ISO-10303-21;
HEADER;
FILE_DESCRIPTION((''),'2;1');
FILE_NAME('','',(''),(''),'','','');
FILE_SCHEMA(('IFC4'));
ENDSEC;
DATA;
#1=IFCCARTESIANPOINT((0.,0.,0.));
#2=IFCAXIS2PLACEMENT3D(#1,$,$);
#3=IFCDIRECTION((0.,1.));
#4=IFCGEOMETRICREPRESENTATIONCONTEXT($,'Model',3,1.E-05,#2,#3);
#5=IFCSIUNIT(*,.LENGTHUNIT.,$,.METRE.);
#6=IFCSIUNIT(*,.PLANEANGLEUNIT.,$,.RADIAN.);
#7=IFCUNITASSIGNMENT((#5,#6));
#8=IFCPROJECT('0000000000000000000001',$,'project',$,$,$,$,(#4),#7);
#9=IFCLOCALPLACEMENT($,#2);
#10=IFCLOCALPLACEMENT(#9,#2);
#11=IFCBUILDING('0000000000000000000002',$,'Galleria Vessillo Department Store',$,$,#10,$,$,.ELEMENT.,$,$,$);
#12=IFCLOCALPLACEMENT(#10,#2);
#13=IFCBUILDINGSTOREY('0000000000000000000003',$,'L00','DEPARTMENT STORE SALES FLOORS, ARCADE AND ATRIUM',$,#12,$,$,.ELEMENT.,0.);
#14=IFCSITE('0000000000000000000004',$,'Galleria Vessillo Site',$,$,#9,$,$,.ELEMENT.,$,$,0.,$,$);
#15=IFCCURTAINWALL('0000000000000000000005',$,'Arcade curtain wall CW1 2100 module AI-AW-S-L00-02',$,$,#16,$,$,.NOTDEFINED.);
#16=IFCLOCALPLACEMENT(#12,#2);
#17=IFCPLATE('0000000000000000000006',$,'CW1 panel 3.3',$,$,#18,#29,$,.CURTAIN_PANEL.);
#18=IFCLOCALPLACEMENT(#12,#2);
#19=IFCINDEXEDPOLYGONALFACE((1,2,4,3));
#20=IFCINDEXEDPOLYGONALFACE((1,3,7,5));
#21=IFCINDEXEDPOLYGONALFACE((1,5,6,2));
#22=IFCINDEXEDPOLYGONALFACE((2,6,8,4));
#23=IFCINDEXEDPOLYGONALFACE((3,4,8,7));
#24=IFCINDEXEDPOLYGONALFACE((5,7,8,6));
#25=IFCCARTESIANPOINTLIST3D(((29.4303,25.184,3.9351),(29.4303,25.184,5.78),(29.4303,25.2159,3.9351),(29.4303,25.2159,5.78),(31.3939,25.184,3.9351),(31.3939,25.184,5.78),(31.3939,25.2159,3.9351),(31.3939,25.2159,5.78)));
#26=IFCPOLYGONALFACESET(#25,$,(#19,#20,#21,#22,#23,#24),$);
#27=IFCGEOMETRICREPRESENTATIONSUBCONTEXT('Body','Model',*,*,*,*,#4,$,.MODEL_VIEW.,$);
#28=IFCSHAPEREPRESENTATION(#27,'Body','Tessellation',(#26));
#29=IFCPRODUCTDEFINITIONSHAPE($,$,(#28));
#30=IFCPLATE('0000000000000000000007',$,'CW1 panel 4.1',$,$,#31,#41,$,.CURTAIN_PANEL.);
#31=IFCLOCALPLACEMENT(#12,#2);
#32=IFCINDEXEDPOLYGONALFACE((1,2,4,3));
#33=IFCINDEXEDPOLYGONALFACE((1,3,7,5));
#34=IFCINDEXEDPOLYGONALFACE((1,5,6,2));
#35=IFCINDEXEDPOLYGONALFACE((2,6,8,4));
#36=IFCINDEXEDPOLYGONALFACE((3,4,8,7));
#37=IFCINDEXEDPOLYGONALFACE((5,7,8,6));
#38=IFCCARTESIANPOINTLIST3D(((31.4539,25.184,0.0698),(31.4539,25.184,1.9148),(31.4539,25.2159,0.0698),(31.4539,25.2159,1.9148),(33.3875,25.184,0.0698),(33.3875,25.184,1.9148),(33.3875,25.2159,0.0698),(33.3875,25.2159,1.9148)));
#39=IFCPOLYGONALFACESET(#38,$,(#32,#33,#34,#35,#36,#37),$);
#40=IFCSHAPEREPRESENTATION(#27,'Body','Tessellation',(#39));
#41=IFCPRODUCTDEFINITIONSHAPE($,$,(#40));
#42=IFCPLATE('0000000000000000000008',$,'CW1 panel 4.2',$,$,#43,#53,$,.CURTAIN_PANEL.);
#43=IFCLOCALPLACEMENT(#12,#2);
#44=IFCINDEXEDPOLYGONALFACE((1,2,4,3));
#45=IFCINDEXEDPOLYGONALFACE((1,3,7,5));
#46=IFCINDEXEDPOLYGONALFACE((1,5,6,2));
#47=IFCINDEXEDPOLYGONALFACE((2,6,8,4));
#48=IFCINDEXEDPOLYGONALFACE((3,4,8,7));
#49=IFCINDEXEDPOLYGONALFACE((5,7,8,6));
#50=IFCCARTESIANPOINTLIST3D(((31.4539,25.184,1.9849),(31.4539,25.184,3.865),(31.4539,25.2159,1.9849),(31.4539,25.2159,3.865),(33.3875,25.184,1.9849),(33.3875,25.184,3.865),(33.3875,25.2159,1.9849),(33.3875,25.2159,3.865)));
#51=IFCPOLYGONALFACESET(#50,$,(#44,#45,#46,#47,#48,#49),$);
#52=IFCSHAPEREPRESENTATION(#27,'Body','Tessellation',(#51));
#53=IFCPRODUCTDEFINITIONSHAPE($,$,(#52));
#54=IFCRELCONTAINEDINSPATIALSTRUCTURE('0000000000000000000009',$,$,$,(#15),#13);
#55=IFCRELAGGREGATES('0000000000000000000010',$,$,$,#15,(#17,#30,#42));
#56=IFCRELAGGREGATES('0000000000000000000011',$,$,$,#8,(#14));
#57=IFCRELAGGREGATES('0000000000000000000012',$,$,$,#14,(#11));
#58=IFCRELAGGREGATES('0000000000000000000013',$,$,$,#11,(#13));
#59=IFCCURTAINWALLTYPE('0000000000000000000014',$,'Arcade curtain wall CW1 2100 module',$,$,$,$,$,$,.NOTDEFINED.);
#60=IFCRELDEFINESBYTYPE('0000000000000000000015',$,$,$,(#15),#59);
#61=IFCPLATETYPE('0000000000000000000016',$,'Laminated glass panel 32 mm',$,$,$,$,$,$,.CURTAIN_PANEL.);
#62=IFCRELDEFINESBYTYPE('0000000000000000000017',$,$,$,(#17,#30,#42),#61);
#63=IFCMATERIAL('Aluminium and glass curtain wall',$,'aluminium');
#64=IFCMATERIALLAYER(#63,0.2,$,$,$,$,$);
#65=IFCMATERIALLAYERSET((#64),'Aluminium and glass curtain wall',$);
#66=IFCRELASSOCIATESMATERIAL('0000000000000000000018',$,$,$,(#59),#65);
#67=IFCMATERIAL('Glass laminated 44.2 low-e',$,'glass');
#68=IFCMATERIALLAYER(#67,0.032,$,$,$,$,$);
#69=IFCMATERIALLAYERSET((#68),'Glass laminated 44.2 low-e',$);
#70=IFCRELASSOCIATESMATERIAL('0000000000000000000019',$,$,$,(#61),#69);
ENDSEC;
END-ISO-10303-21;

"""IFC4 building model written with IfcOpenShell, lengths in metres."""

from ifc_helpers import new_model, si_unit, direction, frame, origin, origin_2d, place, context, subcontext, project, spatial, rectangle, extrude, material, layer, layer_set, type_object, element, aggregate, save


model = new_model("IFC4")

# Units and contexts
model_context = context("Model", 3, precision=1e-05, world=origin(), true_north=direction((0.0, 1.0)))
body_context = subcontext(model_context, "Body", "Model", "MODEL_VIEW")
ifc_project = project(units=[si_unit("LENGTHUNIT", "METRE"), si_unit("PLANEANGLEUNIT", "RADIAN")], contexts=[model_context])

# Site, building, storey
site_placement = place(None, origin())
site = spatial("IfcSite", under=ifc_project, at=site_placement, Name="Galleria Vessillo Site", CompositionType="ELEMENT", RefElevation=0.0)
building_placement = place(site_placement, origin())
building = spatial("IfcBuilding", under=site, at=building_placement, Name="Galleria Vessillo Department Store", CompositionType="ELEMENT")
storey_placement = place(building_placement, origin())
storey = spatial("IfcBuildingStorey", under=building, at=storey_placement, Name="L00", Description="DEPARTMENT STORE SALES FLOORS, ARCADE AND ATRIUM", CompositionType="ELEMENT", Elevation=0.0)

# Shared definitions
ifc_material_1 = material(Name="Aluminium and glass curtain wall", Category="aluminium")
ifc_layer_1 = layer(ifc_material_1, 0.2)
ifc_layer_set_1 = layer_set([ifc_layer_1], Name="Aluminium and glass curtain wall")
curtain_wall_type = type_object("IfcCurtainWallType", Name="Arcade curtain wall CW1 2100 module", PredefinedType="NOTDEFINED", material=ifc_layer_set_1)

# Curtain wall
curtain_wall_1_placement = place(storey_placement, origin())
curtain_wall_1 = element("IfcCurtainWall", 1, at=curtain_wall_1_placement, inside=storey, type_object=curtain_wall_type, Name="Arcade curtain wall CW1 2100 module AI-AW-S-L00-02", PredefinedType="NOTDEFINED")

# Plates
ifc_material_2 = material(Name="Glass laminated 44.2 low-e", Category="glass")
ifc_layer_2 = layer(ifc_material_2, 0.032)
ifc_layer_set_2 = layer_set([ifc_layer_2], Name="Glass laminated 44.2 low-e")
plate_type = type_object("IfcPlateType", Name="Laminated glass panel 32 mm", PredefinedType="CURTAIN_PANEL", material=ifc_layer_set_2)
plate_1_placement = place(storey_placement, frame((30.4121, 25.2, 3.9351), z_axis=(0.0, 0.0, 1.0), x_axis=(1.0, 0.0, 0.0)))
plate_1 = element("IfcPlate", 2, at=plate_1_placement, type_object=plate_type, Name="CW1 panel 3.3", PredefinedType="CURTAIN_PANEL", context=body_context, shape_type="SweptSolid", body=[
    extrude(rectangle(XDim=1.9636, YDim=0.032, at=origin_2d()), origin(), (0.0, 0.0, 1.0), 1.845),
])
plate_2_placement = place(storey_placement, frame((32.4207, 25.2, 0.0698), z_axis=(0.0, 0.0, 1.0), x_axis=(1.0, 0.0, 0.0)))
plate_2 = element("IfcPlate", 3, at=plate_2_placement, type_object=plate_type, Name="CW1 panel 4.1", PredefinedType="CURTAIN_PANEL", context=body_context, shape_type="SweptSolid", body=[
    extrude(rectangle(XDim=1.9336, YDim=0.032, at=origin_2d()), origin(), (0.0, 0.0, 1.0), 1.845),
])
plate_3_placement = place(storey_placement, frame((32.4207, 25.2, 1.9849), z_axis=(0.0, 0.0, 1.0), x_axis=(1.0, 0.0, 0.0)))
plate_3 = element("IfcPlate", 4, at=plate_3_placement, type_object=plate_type, Name="CW1 panel 4.2", PredefinedType="CURTAIN_PANEL", context=body_context, shape_type="SweptSolid", body=[
    extrude(rectangle(XDim=1.9336, YDim=0.032, at=origin_2d()), origin(), (0.0, 0.0, 1.0), 1.8801),
])
aggregate(curtain_wall_1, [plate_1, plate_2, plate_3])

save(model, "model.ifc")
